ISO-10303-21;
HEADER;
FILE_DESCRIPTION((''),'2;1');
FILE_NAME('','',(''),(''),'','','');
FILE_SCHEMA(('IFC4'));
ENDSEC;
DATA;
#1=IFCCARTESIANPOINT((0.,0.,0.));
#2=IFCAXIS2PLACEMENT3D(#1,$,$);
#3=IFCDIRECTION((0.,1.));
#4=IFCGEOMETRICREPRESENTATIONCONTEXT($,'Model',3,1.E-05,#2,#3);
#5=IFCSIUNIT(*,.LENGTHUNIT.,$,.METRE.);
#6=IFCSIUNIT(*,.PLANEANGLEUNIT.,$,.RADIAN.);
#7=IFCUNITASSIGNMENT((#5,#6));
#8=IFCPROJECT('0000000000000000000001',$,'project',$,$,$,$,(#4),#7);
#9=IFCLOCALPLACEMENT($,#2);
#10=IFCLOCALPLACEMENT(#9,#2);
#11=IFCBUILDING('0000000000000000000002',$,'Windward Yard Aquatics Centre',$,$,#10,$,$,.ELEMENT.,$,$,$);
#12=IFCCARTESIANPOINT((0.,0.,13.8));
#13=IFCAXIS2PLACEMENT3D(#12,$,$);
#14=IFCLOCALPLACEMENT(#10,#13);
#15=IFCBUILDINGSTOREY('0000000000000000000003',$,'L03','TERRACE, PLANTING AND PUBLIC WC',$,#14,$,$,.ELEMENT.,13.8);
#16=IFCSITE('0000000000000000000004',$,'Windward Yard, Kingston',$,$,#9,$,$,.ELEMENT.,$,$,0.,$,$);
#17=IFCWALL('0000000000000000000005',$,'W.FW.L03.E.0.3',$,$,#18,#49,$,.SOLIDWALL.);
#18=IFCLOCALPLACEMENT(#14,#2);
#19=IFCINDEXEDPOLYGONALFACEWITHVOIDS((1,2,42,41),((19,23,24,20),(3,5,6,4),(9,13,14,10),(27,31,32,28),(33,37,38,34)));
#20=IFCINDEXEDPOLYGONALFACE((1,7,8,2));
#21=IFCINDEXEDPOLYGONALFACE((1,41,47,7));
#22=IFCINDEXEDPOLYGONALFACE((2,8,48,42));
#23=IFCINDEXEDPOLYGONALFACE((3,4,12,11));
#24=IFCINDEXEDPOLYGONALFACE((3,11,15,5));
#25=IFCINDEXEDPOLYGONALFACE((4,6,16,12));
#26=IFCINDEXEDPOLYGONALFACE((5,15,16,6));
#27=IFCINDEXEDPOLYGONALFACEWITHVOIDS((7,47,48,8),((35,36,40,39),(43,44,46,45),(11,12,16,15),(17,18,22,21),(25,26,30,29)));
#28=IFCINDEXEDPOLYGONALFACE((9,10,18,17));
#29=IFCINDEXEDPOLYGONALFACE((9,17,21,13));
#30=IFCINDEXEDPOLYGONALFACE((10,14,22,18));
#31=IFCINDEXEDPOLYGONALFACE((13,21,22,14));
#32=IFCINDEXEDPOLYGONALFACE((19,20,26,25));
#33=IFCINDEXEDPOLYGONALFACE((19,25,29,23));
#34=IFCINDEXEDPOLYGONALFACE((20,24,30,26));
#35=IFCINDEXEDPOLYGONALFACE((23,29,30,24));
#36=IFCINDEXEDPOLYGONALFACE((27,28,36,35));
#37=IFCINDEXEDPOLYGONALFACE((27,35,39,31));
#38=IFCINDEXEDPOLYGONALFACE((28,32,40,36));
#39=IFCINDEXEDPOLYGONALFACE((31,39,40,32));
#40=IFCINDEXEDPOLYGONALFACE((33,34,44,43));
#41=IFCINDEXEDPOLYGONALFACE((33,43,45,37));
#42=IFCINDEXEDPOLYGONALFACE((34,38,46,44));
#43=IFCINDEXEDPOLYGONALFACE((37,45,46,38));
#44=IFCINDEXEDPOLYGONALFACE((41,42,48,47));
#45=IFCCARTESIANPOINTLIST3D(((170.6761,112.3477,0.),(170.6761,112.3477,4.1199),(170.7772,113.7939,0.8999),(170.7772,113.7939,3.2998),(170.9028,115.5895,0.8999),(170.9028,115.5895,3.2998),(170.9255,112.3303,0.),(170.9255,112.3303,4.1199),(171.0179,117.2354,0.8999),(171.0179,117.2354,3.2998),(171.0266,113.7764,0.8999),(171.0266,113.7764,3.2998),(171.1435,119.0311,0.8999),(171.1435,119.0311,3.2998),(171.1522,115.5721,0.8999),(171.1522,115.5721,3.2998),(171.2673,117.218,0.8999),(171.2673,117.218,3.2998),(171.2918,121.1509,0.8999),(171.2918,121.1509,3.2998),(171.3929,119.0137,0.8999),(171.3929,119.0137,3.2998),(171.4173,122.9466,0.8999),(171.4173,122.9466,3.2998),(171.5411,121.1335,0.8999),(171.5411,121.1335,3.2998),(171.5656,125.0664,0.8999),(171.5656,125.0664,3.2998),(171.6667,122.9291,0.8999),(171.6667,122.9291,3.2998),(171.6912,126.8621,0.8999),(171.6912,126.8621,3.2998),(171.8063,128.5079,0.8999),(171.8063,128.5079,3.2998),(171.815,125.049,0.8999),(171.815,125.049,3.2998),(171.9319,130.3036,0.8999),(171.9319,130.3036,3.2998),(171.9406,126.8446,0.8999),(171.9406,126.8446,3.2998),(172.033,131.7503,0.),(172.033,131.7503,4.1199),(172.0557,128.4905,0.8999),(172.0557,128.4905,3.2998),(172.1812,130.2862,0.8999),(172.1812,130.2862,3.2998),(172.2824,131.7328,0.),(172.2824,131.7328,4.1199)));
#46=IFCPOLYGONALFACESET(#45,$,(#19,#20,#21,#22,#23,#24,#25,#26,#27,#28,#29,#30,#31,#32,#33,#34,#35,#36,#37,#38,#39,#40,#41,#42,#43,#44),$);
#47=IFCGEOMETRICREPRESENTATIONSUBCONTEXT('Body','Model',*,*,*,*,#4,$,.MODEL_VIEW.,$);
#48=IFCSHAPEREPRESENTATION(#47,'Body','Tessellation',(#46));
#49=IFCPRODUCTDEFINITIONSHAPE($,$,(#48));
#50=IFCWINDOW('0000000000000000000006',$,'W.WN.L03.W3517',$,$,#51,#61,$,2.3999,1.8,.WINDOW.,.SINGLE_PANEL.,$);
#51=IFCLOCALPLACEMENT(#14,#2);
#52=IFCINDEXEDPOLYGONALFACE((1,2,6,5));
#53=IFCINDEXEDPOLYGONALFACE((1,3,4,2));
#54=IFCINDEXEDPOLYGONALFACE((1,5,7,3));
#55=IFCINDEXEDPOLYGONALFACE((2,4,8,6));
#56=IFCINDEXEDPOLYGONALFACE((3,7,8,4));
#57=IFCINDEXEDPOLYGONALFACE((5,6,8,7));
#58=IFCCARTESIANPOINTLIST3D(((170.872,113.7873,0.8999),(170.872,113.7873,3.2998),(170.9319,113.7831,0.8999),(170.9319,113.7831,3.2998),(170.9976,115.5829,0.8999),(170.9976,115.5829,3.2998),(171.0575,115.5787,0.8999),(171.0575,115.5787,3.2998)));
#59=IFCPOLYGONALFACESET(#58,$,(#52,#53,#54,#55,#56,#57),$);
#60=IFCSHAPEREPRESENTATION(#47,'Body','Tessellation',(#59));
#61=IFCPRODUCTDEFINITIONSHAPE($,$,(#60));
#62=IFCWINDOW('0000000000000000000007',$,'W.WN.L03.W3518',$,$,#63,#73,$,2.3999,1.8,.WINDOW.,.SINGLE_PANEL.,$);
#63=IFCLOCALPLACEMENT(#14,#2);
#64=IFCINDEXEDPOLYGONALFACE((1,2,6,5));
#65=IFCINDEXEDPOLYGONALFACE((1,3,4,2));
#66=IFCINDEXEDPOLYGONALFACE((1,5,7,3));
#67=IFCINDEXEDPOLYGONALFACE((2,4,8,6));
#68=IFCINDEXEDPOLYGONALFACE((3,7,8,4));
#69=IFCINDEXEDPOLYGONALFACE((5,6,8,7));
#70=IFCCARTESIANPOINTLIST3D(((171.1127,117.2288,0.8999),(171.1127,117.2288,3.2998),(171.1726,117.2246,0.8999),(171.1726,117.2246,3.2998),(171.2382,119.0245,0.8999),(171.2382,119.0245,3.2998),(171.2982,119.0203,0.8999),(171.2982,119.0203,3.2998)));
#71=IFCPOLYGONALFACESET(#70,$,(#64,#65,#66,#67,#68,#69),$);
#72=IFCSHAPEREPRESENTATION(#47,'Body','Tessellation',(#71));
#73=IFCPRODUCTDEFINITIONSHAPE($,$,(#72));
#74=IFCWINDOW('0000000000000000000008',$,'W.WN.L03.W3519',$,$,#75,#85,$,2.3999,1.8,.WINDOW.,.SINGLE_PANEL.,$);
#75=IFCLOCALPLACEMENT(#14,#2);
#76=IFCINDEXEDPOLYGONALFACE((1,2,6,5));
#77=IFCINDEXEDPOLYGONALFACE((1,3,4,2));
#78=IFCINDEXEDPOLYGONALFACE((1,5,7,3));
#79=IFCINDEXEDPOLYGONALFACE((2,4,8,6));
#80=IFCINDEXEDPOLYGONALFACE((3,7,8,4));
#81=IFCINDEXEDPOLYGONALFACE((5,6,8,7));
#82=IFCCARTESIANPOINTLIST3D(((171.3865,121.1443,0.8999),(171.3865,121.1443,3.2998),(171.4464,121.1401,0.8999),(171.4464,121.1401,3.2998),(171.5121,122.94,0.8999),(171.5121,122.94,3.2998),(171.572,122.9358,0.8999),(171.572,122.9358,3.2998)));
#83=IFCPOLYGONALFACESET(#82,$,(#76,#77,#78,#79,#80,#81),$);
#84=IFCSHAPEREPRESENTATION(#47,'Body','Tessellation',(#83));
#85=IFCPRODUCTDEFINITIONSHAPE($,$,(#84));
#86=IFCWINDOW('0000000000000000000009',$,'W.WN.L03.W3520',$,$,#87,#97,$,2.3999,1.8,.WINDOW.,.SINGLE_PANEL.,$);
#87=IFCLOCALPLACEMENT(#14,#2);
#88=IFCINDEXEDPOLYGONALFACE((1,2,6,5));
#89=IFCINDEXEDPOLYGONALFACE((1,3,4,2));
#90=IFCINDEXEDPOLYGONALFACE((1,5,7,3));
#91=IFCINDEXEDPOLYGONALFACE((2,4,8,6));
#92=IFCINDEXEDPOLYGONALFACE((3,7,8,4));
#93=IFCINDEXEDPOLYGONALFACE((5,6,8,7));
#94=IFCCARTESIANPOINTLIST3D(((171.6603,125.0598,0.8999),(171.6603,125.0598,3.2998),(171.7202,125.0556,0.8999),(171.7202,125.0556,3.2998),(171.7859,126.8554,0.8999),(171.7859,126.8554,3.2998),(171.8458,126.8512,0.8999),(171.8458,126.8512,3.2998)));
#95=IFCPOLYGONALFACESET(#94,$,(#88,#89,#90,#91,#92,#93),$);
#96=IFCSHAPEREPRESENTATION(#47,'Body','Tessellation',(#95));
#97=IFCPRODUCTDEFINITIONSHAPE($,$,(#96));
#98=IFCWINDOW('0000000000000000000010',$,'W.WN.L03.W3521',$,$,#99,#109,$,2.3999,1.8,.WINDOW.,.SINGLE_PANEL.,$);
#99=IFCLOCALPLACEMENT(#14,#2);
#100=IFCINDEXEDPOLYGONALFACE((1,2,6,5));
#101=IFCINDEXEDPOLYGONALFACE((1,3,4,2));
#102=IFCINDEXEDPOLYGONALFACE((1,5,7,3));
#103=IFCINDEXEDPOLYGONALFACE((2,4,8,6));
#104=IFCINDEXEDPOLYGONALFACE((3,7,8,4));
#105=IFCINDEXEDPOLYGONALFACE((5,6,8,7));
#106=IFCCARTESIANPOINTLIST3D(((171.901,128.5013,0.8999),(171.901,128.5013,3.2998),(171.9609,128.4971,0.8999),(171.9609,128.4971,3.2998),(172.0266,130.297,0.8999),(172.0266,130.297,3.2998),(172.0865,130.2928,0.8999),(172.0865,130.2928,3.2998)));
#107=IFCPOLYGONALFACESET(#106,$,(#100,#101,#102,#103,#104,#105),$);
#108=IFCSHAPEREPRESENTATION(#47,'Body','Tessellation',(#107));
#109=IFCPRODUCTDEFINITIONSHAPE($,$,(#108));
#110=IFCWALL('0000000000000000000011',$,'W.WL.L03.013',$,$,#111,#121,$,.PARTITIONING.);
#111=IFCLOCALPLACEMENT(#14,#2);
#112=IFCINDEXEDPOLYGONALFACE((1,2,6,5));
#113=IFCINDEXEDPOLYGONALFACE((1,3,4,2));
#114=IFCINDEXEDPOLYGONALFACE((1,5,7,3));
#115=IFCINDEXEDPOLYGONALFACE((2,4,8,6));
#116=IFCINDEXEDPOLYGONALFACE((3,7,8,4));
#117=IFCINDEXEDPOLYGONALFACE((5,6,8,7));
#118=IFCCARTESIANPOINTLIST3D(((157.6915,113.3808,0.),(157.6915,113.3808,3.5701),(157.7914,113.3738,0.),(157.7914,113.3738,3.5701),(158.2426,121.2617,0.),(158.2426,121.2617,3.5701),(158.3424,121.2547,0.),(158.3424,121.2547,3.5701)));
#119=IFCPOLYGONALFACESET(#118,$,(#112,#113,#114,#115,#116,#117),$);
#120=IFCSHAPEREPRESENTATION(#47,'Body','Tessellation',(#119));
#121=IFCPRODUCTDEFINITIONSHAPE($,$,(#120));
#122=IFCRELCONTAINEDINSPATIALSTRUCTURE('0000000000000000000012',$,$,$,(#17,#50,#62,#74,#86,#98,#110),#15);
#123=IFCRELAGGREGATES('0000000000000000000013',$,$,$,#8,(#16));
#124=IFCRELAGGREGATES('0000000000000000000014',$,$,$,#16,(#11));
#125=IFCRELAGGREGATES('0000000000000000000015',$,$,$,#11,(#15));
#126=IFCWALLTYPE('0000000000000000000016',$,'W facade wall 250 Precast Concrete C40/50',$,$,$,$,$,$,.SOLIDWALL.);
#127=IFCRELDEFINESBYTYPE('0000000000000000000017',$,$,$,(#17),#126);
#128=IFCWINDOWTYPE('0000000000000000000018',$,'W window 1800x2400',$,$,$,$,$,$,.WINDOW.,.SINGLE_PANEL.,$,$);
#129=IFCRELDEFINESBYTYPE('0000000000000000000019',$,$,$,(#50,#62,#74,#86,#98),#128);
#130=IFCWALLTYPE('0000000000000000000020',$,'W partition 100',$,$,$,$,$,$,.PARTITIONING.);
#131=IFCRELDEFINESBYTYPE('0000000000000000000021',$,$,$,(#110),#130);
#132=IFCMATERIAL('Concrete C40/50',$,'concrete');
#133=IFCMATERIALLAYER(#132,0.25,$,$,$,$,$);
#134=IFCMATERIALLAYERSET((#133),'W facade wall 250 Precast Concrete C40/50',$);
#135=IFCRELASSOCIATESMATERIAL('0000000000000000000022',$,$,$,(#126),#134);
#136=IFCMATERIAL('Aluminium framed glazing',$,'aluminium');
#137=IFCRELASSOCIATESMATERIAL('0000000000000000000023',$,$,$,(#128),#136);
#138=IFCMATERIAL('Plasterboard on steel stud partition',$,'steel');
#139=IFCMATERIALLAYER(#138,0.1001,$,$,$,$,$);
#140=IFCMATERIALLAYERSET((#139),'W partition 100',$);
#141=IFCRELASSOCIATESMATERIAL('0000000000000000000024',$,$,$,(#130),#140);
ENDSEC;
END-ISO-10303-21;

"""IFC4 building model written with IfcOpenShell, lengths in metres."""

from ifc_helpers import new_model, si_unit, direction, frame, frame_2d, origin, place, context, subcontext, project, spatial, rectangle, extrude, material, layer, layer_set, type_object, element, fill, save


model = new_model("IFC4")

# Units and contexts
model_context = context("Model", 3, precision=1e-05, world=origin(), true_north=direction((0.0, 1.0)))
body_context = subcontext(model_context, "Body", "Model", "MODEL_VIEW")
ifc_project = project(units=[si_unit("LENGTHUNIT", "METRE"), si_unit("PLANEANGLEUNIT", "RADIAN")], contexts=[model_context])

# Site, building, storey
site_placement = place(None, origin())
site = spatial("IfcSite", under=ifc_project, at=site_placement, Name="Windward Yard, Kingston", CompositionType="ELEMENT", RefElevation=0.0)
building_placement = place(site_placement, origin())
building = spatial("IfcBuilding", under=site, at=building_placement, Name="Windward Yard Aquatics Centre", CompositionType="ELEMENT")
storey_placement = place(building_placement, frame((0.0, 0.0, 13.8)))
storey = spatial("IfcBuildingStorey", under=building, at=storey_placement, Name="L03", Description="TERRACE, PLANTING AND PUBLIC WC", CompositionType="ELEMENT", Elevation=13.8)

# Shared definitions
ifc_material_1 = material(Name="Concrete C40/50", Category="concrete")

# Shared definitions
ifc_layer_1 = layer(ifc_material_1, 0.25)
ifc_layer_set_1 = layer_set([ifc_layer_1], Name="W facade wall 250 Precast Concrete C40/50")
wall_type_1 = type_object("IfcWallType", Name="W facade wall 250 Precast Concrete C40/50", PredefinedType="SOLIDWALL", material=ifc_layer_set_1)
ifc_material_2 = material(Name="Aluminium framed glazing", Category="aluminium")
window_type_1 = type_object("IfcWindowType", Name="W window 1800x2400", PartitioningType="SINGLE_PANEL", PredefinedType="WINDOW", material=ifc_material_2)

# Wall, openings, windows
wall_1_placement = place(storey_placement, frame((170.8008, 112.3389, 0.0), z_axis=(0.0, 0.0, 1.0), x_axis=(0.069765, 0.997563, 0.0)))
wall_1 = element("IfcWall", 1, at=wall_1_placement, inside=storey, type_object=wall_type_1, Name="W.FW.L03.E.0.3", PredefinedType="SOLIDWALL", context=body_context, shape_type="SweptSolid", body=[
    extrude(rectangle(XDim=19.45, YDim=0.25, at=frame_2d((9.7251, 0.0))), origin(), (0.0, 0.0, 1.0), 4.1199),
])
opening_1_placement = place(wall_1_placement, frame((1.45, 0.0, 0.8999)))
opening_1 = element("IfcOpeningElement", 2, at=opening_1_placement, cuts=wall_1, PredefinedType="OPENING", context=body_context, shape_type="SweptSolid", body=[
    extrude(rectangle(XDim=1.8, YDim=2.3999, at=frame_2d((0.8999, 1.2))), frame((0.0, 0.135, 0.0), z_axis=(0.0, -1.0, 0.0), x_axis=(1.0, 0.0, 0.0)), (0.0, 0.0, 1.0), 0.27),
])
opening_2_placement = place(wall_1_placement, frame((4.8999, 0.0, 0.8999)))
opening_2 = element("IfcOpeningElement", 3, at=opening_2_placement, cuts=wall_1, PredefinedType="OPENING", context=body_context, shape_type="SweptSolid", body=[
    extrude(rectangle(XDim=1.8, YDim=2.3999, at=frame_2d((0.8999, 1.2))), frame((0.0, 0.135, 0.0), z_axis=(0.0, -1.0, 0.0), x_axis=(1.0, 0.0, 0.0)), (0.0, 0.0, 1.0), 0.27),
])
opening_3_placement = place(wall_1_placement, frame((8.825, 0.0, 0.8999)))
opening_3 = element("IfcOpeningElement", 4, at=opening_3_placement, cuts=wall_1, PredefinedType="OPENING", context=body_context, shape_type="SweptSolid", body=[
    extrude(rectangle(XDim=1.8, YDim=2.3999, at=frame_2d((0.8999, 1.2))), frame((0.0, 0.135, 0.0), z_axis=(0.0, -1.0, 0.0), x_axis=(1.0, 0.0, 0.0)), (0.0, 0.0, 1.0), 0.27),
])
opening_4_placement = place(wall_1_placement, frame((12.75, 0.0, 0.8999)))
opening_4 = element("IfcOpeningElement", 5, at=opening_4_placement, cuts=wall_1, PredefinedType="OPENING", context=body_context, shape_type="SweptSolid", body=[
    extrude(rectangle(XDim=1.8, YDim=2.3999, at=frame_2d((0.8999, 1.2))), frame((0.0, 0.135, 0.0), z_axis=(0.0, -1.0, 0.0), x_axis=(1.0, 0.0, 0.0)), (0.0, 0.0, 1.0), 0.27),
])
opening_5_placement = place(wall_1_placement, frame((16.2, 0.0, 0.8999)))
opening_5 = element("IfcOpeningElement", 6, at=opening_5_placement, cuts=wall_1, PredefinedType="OPENING", context=body_context, shape_type="SweptSolid", body=[
    extrude(rectangle(XDim=1.8, YDim=2.3999, at=frame_2d((0.8999, 1.2))), frame((0.0, 0.135, 0.0), z_axis=(0.0, -1.0, 0.0), x_axis=(1.0, 0.0, 0.0)), (0.0, 0.0, 1.0), 0.27),
])
window_1_placement = place(opening_1_placement, origin())
window_1 = element("IfcWindow", 7, at=window_1_placement, inside=storey, type_object=window_type_1, Name="W.WN.L03.W3517", OverallHeight=2.3999, OverallWidth=1.8, PartitioningType="SINGLE_PANEL", PredefinedType="WINDOW", context=body_context, shape_type="SweptSolid", body=[
    extrude(rectangle(XDim=1.8, YDim=2.3999, at=frame_2d((0.8999, 1.2))), frame((0.0, 0.03, 0.0), z_axis=(0.0, -1.0, 0.0), x_axis=(1.0, 0.0, 0.0)), (0.0, 0.0, 1.0), 0.0601),
])
fill(opening_1, window_1)
window_2_placement = place(opening_2_placement, origin())
window_2 = element("IfcWindow", 8, at=window_2_placement, inside=storey, type_object=window_type_1, Name="W.WN.L03.W3518", OverallHeight=2.3999, OverallWidth=1.8, PartitioningType="SINGLE_PANEL", PredefinedType="WINDOW", context=body_context, shape_type="SweptSolid", body=[
    extrude(rectangle(XDim=1.8, YDim=2.3999, at=frame_2d((0.8999, 1.2))), frame((0.0, 0.03, 0.0), z_axis=(0.0, -1.0, 0.0), x_axis=(1.0, 0.0, 0.0)), (0.0, 0.0, 1.0), 0.0601),
])
fill(opening_2, window_2)
window_3_placement = place(opening_3_placement, origin())
window_3 = element("IfcWindow", 9, at=window_3_placement, inside=storey, type_object=window_type_1, Name="W.WN.L03.W3519", OverallHeight=2.3999, OverallWidth=1.8, PartitioningType="SINGLE_PANEL", PredefinedType="WINDOW", context=body_context, shape_type="SweptSolid", body=[
    extrude(rectangle(XDim=1.8, YDim=2.3999, at=frame_2d((0.8999, 1.2))), frame((0.0, 0.03, 0.0), z_axis=(0.0, -1.0, 0.0), x_axis=(1.0, 0.0, 0.0)), (0.0, 0.0, 1.0), 0.0601),
])
fill(opening_3, window_3)
window_4_placement = place(opening_4_placement, origin())
window_4 = element("IfcWindow", 10, at=window_4_placement, inside=storey, type_object=window_type_1, Name="W.WN.L03.W3520", OverallHeight=2.3999, OverallWidth=1.8, PartitioningType="SINGLE_PANEL", PredefinedType="WINDOW", context=body_context, shape_type="SweptSolid", body=[
    extrude(rectangle(XDim=1.8, YDim=2.3999, at=frame_2d((0.8999, 1.2))), frame((0.0, 0.03, 0.0), z_axis=(0.0, -1.0, 0.0), x_axis=(1.0, 0.0, 0.0)), (0.0, 0.0, 1.0), 0.0601),
])
fill(opening_4, window_4)
window_5_placement = place(opening_5_placement, origin())
window_5 = element("IfcWindow", 11, at=window_5_placement, inside=storey, type_object=window_type_1, Name="W.WN.L03.W3521", OverallHeight=2.3999, OverallWidth=1.8, PartitioningType="SINGLE_PANEL", PredefinedType="WINDOW", context=body_context, shape_type="SweptSolid", body=[
    extrude(rectangle(XDim=1.8, YDim=2.3999, at=frame_2d((0.8999, 1.2))), frame((0.0, 0.03, 0.0), z_axis=(0.0, -1.0, 0.0), x_axis=(1.0, 0.0, 0.0)), (0.0, 0.0, 1.0), 0.0601),
])
fill(opening_5, window_5)

# Wall
ifc_material_3 = material(Name="Plasterboard on steel stud partition", Category="steel")
ifc_layer_2 = layer(ifc_material_3, 0.1001)
ifc_layer_set_2 = layer_set([ifc_layer_2], Name="W partition 100")
wall_type_2 = type_object("IfcWallType", Name="W partition 100", PredefinedType="PARTITIONING", material=ifc_layer_set_2)
wall_2_placement = place(storey_placement, frame((157.7415, 113.3772, 0.0), z_axis=(0.0, 0.0, 1.0), x_axis=(0.069749, 0.997565, 0.0)))
element("IfcWall", 12, at=wall_2_placement, inside=storey, type_object=wall_type_2, Name="W.WL.L03.013", PredefinedType="PARTITIONING", context=body_context, shape_type="SweptSolid", body=[
    extrude(rectangle(XDim=7.9001, YDim=0.1001, at=frame_2d((3.9502, 0.0))), origin(), (0.0, 0.0, 1.0), 3.5701),
])

save(model, "model.ifc")
